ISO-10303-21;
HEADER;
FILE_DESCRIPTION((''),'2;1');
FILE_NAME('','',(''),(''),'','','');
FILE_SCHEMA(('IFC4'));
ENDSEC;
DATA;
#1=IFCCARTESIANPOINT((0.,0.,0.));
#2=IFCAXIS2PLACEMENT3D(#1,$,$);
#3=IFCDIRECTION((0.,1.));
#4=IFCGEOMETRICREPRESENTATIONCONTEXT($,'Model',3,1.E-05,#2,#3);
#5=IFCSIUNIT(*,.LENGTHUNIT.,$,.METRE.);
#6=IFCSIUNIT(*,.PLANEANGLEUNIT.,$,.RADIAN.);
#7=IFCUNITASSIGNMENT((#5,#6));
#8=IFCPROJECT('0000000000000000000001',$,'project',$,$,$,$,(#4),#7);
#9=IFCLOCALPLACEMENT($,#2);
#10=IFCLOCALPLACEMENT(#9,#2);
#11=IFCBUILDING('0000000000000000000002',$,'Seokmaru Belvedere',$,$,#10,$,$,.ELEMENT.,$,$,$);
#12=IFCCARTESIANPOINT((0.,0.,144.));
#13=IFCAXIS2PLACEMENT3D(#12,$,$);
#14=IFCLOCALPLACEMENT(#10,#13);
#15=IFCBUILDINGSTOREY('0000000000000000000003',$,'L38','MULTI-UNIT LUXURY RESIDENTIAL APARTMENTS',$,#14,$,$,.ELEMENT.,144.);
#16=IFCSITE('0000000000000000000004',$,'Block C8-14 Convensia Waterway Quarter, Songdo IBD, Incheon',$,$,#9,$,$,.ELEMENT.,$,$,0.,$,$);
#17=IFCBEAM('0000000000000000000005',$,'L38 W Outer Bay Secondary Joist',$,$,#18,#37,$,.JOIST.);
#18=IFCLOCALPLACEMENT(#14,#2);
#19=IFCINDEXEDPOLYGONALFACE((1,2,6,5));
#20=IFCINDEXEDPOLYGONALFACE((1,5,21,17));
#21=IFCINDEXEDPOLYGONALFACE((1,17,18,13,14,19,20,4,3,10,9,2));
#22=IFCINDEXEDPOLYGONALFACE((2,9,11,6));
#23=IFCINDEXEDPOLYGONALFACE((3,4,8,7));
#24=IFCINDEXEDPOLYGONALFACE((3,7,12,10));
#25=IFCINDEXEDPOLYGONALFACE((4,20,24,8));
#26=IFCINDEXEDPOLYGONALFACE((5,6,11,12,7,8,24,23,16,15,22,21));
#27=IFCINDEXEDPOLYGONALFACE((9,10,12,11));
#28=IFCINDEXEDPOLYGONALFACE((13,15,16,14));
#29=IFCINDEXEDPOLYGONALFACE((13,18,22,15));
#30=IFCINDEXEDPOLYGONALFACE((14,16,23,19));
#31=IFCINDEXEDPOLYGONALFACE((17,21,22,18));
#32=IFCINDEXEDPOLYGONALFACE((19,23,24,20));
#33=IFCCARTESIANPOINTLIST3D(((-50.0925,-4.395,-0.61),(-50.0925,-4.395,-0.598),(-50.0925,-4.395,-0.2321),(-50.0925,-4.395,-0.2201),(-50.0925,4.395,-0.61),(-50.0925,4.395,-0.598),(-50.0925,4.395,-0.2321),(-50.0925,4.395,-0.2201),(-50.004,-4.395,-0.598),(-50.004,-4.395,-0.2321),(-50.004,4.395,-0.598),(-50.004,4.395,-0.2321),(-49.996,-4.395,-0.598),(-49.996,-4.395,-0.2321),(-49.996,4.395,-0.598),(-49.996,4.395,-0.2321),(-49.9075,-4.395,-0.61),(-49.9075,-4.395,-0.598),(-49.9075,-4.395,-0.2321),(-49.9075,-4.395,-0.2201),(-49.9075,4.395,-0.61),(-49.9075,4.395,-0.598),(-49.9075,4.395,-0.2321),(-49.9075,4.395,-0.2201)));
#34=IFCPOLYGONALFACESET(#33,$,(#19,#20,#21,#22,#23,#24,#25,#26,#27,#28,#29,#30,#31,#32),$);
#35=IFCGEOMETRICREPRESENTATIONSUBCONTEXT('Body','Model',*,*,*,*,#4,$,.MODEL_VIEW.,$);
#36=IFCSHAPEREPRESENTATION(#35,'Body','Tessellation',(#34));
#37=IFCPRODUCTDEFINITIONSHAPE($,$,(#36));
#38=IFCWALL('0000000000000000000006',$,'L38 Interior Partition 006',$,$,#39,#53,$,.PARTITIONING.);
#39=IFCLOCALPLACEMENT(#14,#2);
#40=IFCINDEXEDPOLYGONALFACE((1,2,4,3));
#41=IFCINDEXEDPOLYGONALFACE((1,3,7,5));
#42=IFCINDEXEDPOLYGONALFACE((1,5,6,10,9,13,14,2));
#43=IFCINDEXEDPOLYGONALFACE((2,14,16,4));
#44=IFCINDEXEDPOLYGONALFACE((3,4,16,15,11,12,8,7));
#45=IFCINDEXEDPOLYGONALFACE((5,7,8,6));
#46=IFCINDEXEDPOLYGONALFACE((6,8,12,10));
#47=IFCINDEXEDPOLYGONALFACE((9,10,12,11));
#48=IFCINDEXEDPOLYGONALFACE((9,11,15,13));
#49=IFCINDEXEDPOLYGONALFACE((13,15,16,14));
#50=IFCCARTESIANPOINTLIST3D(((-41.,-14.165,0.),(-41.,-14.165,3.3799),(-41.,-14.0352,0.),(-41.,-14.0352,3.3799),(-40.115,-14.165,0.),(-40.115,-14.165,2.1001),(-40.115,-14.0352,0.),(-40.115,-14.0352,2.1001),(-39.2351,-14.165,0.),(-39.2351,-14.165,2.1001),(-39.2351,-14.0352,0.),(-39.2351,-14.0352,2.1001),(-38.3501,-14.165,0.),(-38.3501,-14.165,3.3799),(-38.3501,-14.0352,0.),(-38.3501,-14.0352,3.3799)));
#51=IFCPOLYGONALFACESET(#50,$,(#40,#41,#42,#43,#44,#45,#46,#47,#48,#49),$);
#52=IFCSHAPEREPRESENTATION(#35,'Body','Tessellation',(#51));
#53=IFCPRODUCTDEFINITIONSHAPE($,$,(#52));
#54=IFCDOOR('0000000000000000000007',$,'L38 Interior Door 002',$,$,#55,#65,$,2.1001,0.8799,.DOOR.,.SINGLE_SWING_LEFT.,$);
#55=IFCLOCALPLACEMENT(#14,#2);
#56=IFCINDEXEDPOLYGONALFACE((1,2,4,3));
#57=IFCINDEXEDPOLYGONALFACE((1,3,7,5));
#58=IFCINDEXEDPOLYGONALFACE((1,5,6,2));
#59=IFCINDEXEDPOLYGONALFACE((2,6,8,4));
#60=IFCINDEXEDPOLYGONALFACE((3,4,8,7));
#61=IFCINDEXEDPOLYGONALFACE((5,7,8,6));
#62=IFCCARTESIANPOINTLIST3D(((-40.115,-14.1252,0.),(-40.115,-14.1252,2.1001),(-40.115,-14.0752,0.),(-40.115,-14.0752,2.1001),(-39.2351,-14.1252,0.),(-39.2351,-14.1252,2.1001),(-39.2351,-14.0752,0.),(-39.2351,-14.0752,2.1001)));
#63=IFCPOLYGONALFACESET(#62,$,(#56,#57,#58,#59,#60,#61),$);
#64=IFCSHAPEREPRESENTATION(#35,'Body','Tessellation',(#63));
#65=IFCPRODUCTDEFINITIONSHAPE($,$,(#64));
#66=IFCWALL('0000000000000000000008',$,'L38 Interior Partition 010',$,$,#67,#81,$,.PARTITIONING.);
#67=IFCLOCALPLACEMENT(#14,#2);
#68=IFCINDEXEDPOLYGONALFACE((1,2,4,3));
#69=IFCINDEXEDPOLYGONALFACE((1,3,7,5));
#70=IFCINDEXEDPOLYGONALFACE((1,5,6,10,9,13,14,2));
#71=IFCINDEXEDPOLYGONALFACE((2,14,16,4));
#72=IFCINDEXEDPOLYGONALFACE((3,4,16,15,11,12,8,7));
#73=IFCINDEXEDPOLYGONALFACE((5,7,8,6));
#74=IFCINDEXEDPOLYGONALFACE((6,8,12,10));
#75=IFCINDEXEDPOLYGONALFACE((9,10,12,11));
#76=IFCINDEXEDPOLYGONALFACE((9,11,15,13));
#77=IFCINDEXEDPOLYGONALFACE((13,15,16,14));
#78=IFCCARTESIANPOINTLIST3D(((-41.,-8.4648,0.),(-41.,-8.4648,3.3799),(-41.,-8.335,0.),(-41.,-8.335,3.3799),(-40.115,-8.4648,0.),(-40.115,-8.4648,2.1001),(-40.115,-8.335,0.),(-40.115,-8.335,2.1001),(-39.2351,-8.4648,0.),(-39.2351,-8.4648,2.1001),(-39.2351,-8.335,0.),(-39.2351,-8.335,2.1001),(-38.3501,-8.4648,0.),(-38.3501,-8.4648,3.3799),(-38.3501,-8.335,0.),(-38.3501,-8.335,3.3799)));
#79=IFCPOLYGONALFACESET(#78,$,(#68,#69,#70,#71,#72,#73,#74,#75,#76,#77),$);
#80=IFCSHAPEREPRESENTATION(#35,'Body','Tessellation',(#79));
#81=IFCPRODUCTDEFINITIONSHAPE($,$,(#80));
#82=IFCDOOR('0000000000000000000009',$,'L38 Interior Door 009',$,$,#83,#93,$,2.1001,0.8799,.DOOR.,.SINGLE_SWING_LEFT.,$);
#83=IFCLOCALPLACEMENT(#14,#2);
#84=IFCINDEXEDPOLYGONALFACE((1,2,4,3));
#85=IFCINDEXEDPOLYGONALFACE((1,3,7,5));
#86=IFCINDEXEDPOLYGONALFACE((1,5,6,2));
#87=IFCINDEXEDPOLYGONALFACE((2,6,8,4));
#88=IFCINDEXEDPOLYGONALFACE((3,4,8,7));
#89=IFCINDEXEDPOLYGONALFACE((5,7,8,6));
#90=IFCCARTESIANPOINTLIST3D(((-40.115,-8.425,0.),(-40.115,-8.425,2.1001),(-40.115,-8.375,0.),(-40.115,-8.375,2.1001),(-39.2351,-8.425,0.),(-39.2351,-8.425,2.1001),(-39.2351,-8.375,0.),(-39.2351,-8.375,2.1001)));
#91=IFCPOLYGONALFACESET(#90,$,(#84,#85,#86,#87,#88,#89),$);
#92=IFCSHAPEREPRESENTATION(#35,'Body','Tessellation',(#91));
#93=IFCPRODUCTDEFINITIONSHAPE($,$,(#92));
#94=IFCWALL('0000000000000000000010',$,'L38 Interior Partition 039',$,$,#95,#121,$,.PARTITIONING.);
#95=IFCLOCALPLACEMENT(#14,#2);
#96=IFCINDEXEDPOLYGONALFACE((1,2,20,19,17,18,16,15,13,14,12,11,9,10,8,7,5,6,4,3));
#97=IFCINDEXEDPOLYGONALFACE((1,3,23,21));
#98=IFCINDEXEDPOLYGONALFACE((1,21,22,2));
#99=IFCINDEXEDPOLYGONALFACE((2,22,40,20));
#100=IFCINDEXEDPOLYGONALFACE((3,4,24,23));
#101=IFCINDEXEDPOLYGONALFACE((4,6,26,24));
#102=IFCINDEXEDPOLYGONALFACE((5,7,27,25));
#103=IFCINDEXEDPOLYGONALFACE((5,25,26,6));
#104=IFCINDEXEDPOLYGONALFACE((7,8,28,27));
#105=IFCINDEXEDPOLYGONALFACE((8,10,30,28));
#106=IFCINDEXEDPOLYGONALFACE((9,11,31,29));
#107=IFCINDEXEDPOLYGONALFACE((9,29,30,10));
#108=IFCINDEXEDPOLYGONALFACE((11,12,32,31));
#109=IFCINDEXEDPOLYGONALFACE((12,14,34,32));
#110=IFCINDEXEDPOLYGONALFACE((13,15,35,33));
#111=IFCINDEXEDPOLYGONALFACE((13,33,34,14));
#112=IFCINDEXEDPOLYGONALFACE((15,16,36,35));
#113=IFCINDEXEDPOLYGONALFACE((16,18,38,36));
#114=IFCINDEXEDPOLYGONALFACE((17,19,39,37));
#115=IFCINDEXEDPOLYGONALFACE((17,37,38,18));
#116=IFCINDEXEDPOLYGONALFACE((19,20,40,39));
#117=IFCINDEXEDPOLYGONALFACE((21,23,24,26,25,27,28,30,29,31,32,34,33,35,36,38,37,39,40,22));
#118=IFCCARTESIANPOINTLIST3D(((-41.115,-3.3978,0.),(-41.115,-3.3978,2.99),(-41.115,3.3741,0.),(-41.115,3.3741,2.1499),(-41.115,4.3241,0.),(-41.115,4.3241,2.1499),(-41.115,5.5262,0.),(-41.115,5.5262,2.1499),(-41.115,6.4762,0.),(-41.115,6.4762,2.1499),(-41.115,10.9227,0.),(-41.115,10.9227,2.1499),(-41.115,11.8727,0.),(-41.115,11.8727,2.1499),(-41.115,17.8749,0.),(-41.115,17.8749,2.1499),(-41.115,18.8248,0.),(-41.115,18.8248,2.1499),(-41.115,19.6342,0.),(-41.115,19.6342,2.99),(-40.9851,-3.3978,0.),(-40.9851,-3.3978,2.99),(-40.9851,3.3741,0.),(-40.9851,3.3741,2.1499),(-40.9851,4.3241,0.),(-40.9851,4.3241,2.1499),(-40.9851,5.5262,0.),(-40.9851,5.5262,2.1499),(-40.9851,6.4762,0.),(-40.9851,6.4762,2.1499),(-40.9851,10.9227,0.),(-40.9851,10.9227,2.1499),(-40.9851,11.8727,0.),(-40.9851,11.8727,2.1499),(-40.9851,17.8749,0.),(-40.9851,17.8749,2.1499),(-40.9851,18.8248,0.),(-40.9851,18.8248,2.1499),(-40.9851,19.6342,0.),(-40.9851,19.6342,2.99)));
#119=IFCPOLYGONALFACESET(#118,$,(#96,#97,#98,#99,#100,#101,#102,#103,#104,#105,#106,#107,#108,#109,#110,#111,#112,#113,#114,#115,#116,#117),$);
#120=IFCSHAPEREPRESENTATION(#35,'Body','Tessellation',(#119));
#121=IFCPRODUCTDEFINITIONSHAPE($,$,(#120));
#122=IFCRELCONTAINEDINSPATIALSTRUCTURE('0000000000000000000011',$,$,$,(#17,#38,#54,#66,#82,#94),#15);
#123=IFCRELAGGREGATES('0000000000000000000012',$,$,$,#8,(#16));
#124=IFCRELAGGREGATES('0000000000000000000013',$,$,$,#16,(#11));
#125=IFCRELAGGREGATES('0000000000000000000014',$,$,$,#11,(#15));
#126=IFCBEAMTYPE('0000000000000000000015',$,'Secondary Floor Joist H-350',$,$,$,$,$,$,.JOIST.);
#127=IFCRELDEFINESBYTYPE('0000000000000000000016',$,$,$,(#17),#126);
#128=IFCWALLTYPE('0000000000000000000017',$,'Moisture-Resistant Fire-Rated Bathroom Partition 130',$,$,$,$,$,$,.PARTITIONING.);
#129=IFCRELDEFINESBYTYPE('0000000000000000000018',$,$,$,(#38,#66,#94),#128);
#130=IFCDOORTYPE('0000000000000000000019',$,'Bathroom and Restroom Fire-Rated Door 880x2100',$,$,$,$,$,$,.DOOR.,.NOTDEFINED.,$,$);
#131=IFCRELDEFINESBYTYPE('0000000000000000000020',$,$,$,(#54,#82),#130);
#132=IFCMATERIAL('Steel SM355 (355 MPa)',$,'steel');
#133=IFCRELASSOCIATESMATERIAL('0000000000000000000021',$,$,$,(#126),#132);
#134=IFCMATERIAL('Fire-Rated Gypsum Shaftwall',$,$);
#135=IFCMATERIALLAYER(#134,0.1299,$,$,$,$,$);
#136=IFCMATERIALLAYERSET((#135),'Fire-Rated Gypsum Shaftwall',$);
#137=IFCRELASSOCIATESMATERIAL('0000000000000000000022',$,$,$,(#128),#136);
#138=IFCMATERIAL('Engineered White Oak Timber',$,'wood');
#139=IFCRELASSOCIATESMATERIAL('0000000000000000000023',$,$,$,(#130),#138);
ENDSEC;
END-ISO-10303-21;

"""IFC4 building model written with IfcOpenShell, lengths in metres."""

from ifc_helpers import new_model, si_unit, direction, frame, frame_2d, origin, origin_2d, place, context, subcontext, project, spatial, rectangle, i_section, extrude, source, transform, mapped, material, layer, layer_set, material_profile, profile_set, type_object, type_shapes, element, fill, save


model = new_model("IFC4")

# Units and contexts
model_context = context("Model", 3, precision=1e-05, world=origin(), true_north=direction((0.0, 1.0)))
body_context = subcontext(model_context, "Body", "Model", "MODEL_VIEW")
ifc_project = project(units=[si_unit("LENGTHUNIT", "METRE"), si_unit("PLANEANGLEUNIT", "RADIAN")], contexts=[model_context])

# Site, building, storey
site_placement = place(None, origin())
site = spatial("IfcSite", under=ifc_project, at=site_placement, Name="Block C8-14 Convensia Waterway Quarter, Songdo IBD, Incheon", CompositionType="ELEMENT", RefElevation=0.0)
building_placement = place(site_placement, origin())
building = spatial("IfcBuilding", under=site, at=building_placement, Name="Seokmaru Belvedere", CompositionType="ELEMENT")
storey_placement = place(building_placement, frame((0.0, 0.0, 144.0)))
storey = spatial("IfcBuildingStorey", under=building, at=storey_placement, Name="L38", Description="MULTI-UNIT LUXURY RESIDENTIAL APARTMENTS", CompositionType="ELEMENT", Elevation=144.0)

# Shared definitions
ifc_material_1 = material(Name="Steel SM355 (355 MPa)", Category="steel")

# Beam
ifc_material_profile_1 = material_profile(ifc_material_1, i_section(OverallWidth=0.1851, OverallDepth=0.3899, WebThickness=0.0081, FlangeThickness=0.012, at=origin_2d()), Name="H-390x185x8x12")
ifc_profile_set_1 = profile_set([ifc_material_profile_1], Name="Steel SM355 (355 MPa)")
beam_type_1 = type_object("IfcBeamType", Name="Secondary Floor Joist H-350", PredefinedType="JOIST", material=ifc_profile_set_1)
shared_shape_1 = source(origin(), body_context, "Body", "SweptSolid", [
    extrude(i_section(OverallWidth=0.1851, OverallDepth=0.3899, WebThickness=0.0081, FlangeThickness=0.012, at=origin_2d()), origin(), (0.0, 0.0, 1.0), 8.79),
])
type_shapes(beam_type_1, [shared_shape_1])
for number, where, z_axis, x_axis, name in (
    (1, (-50.0, -4.395, -0.415), (0.0, 1.0, 0.0), (-1.0, 0.0, 0.0), "L38 W Outer Bay Secondary Joist"),
):
    element("IfcBeam", number, at=place(storey_placement, frame(where, z_axis=z_axis, x_axis=x_axis)), inside=storey, type_object=beam_type_1, Name=name, PredefinedType="JOIST", context=body_context, shape_type="MappedRepresentation", body=[
        mapped(shared_shape_1, transform((0.0, 0.0, 0.0), scale=1.0)),
    ])

# Shared definitions
ifc_material_2 = material(Name="Fire-Rated Gypsum Shaftwall")

# Walls, openings, doors
ifc_layer_1 = layer(ifc_material_2, 0.1299)
ifc_layer_set_1 = layer_set([ifc_layer_1], Name="Fire-Rated Gypsum Shaftwall")
wall_type_1 = type_object("IfcWallType", Name="Moisture-Resistant Fire-Rated Bathroom Partition 130", PredefinedType="PARTITIONING", material=ifc_layer_set_1)
wall_1_placement = place(storey_placement, frame((-41.0, -14.1001, 0.0), z_axis=(0.0, 0.0, 1.0), x_axis=(1.0, 0.0, 0.0)))
wall_1 = element("IfcWall", 2, at=wall_1_placement, inside=storey, type_object=wall_type_1, Name="L38 Interior Partition 006", PredefinedType="PARTITIONING", context=body_context, shape_type="SweptSolid", body=[
    extrude(rectangle(XDim=2.6499, YDim=0.1299, at=frame_2d((1.325, 0.0))), origin(), (0.0, 0.0, 1.0), 3.3799),
])
opening_1_placement = place(wall_1_placement, frame((0.885, 0.0, 0.0)))
opening_1 = element("IfcOpeningElement", 3, at=opening_1_placement, cuts=wall_1, PredefinedType="OPENING", context=body_context, shape_type="SweptSolid", body=[
    extrude(rectangle(XDim=0.8799, YDim=2.1001, at=frame_2d((0.4399, 1.05))), frame((0.0, 0.075, 0.0), z_axis=(0.0, -1.0, 0.0), x_axis=(1.0, 0.0, 0.0)), (0.0, 0.0, 1.0), 0.1499),
])
ifc_material_3 = material(Name="Engineered White Oak Timber", Category="wood")
door_type = type_object("IfcDoorType", Name="Bathroom and Restroom Fire-Rated Door 880x2100", OperationType="NOTDEFINED", PredefinedType="DOOR", material=ifc_material_3)
shared_shape_2 = source(origin(), body_context, "Body", "SweptSolid", [
    extrude(rectangle(XDim=0.8799, YDim=2.1001, at=frame_2d((0.4399, 1.05))), frame((0.0, 0.0249, 0.0), z_axis=(0.0, -1.0, 0.0), x_axis=(1.0, 0.0, 0.0)), (0.0, 0.0, 1.0), 0.05),
])
type_shapes(door_type, [shared_shape_2])
door_1_placement = place(opening_1_placement, origin())
door_1 = element("IfcDoor", 4, at=door_1_placement, inside=storey, type_object=door_type, Name="L38 Interior Door 002", OperationType="SINGLE_SWING_LEFT", OverallHeight=2.1001, OverallWidth=0.8799, PredefinedType="DOOR", context=body_context, shape_type="MappedRepresentation", body=[
    mapped(shared_shape_2, transform((0.0, 0.0, 0.0), scale=1.0)),
])
fill(opening_1, door_1)
wall_2_placement = place(storey_placement, frame((-41.0, -8.3999, 0.0), z_axis=(0.0, 0.0, 1.0), x_axis=(1.0, 0.0, 0.0)))
wall_2 = element("IfcWall", 5, at=wall_2_placement, inside=storey, type_object=wall_type_1, Name="L38 Interior Partition 010", PredefinedType="PARTITIONING", context=body_context, shape_type="SweptSolid", body=[
    extrude(rectangle(XDim=2.6499, YDim=0.1299, at=frame_2d((1.325, 0.0))), origin(), (0.0, 0.0, 1.0), 3.3799),
])
opening_2_placement = place(wall_2_placement, frame((0.885, 0.0, 0.0)))
opening_2 = element("IfcOpeningElement", 6, at=opening_2_placement, cuts=wall_2, PredefinedType="OPENING", context=body_context, shape_type="SweptSolid", body=[
    extrude(rectangle(XDim=0.8799, YDim=2.1001, at=frame_2d((0.4399, 1.05))), frame((0.0, 0.075, 0.0), z_axis=(0.0, -1.0, 0.0), x_axis=(1.0, 0.0, 0.0)), (0.0, 0.0, 1.0), 0.1499),
])
door_2_placement = place(opening_2_placement, origin())
door_2 = element("IfcDoor", 7, at=door_2_placement, inside=storey, type_object=door_type, Name="L38 Interior Door 009", OperationType="SINGLE_SWING_LEFT", OverallHeight=2.1001, OverallWidth=0.8799, PredefinedType="DOOR", context=body_context, shape_type="MappedRepresentation", body=[
    mapped(shared_shape_2, transform((0.0, 0.0, 0.0), scale=1.0)),
])
fill(opening_2, door_2)

# Wall, openings
wall_3_placement = place(storey_placement, frame((-41.05, -3.3979, 0.0), z_axis=(0.0, 0.0, 1.0), x_axis=(0.0, 1.0, 0.0)))
wall_3 = element("IfcWall", 8, at=wall_3_placement, inside=storey, type_object=wall_type_1, Name="L38 Interior Partition 039", PredefinedType="PARTITIONING", context=body_context, shape_type="SweptSolid", body=[
    extrude(rectangle(XDim=23.032, YDim=0.1299, at=frame_2d((11.5161, 0.0))), origin(), (0.0, 0.0, 1.0), 2.99),
])
opening_3_placement = place(wall_3_placement, frame((6.772, 0.0, 0.0)))
element("IfcOpeningElement", 9, at=opening_3_placement, cuts=wall_3, PredefinedType="OPENING", context=body_context, shape_type="SweptSolid", body=[
    extrude(rectangle(XDim=0.95, YDim=2.1499, at=frame_2d((0.4751, 1.075))), frame((0.0, 0.075, 0.0), z_axis=(0.0, -1.0, 0.0), x_axis=(1.0, 0.0, 0.0)), (0.0, 0.0, 1.0), 0.1499),
])
opening_4_placement = place(wall_3_placement, frame((8.9241, 0.0, 0.0)))
element("IfcOpeningElement", 10, at=opening_4_placement, cuts=wall_3, PredefinedType="OPENING", context=body_context, shape_type="SweptSolid", body=[
    extrude(rectangle(XDim=0.95, YDim=2.1499, at=frame_2d((0.4751, 1.075))), frame((0.0, 0.075, 0.0), z_axis=(0.0, -1.0, 0.0), x_axis=(1.0, 0.0, 0.0)), (0.0, 0.0, 1.0), 0.1499),
])
opening_5_placement = place(wall_3_placement, frame((14.3206, 0.0, 0.0)))
element("IfcOpeningElement", 11, at=opening_5_placement, cuts=wall_3, PredefinedType="OPENING", context=body_context, shape_type="SweptSolid", body=[
    extrude(rectangle(XDim=0.95, YDim=2.1499, at=frame_2d((0.4751, 1.075))), frame((0.0, 0.075, 0.0), z_axis=(0.0, -1.0, 0.0), x_axis=(1.0, 0.0, 0.0)), (0.0, 0.0, 1.0), 0.1499),
])
opening_6_placement = place(wall_3_placement, frame((21.2727, 0.0, 0.0)))
element("IfcOpeningElement", 12, at=opening_6_placement, cuts=wall_3, PredefinedType="OPENING", context=body_context, shape_type="SweptSolid", body=[
    extrude(rectangle(XDim=0.95, YDim=2.1499, at=frame_2d((0.4751, 1.075))), frame((0.0, 0.075, 0.0), z_axis=(0.0, -1.0, 0.0), x_axis=(1.0, 0.0, 0.0)), (0.0, 0.0, 1.0), 0.1499),
])

save(model, "model.ifc")
